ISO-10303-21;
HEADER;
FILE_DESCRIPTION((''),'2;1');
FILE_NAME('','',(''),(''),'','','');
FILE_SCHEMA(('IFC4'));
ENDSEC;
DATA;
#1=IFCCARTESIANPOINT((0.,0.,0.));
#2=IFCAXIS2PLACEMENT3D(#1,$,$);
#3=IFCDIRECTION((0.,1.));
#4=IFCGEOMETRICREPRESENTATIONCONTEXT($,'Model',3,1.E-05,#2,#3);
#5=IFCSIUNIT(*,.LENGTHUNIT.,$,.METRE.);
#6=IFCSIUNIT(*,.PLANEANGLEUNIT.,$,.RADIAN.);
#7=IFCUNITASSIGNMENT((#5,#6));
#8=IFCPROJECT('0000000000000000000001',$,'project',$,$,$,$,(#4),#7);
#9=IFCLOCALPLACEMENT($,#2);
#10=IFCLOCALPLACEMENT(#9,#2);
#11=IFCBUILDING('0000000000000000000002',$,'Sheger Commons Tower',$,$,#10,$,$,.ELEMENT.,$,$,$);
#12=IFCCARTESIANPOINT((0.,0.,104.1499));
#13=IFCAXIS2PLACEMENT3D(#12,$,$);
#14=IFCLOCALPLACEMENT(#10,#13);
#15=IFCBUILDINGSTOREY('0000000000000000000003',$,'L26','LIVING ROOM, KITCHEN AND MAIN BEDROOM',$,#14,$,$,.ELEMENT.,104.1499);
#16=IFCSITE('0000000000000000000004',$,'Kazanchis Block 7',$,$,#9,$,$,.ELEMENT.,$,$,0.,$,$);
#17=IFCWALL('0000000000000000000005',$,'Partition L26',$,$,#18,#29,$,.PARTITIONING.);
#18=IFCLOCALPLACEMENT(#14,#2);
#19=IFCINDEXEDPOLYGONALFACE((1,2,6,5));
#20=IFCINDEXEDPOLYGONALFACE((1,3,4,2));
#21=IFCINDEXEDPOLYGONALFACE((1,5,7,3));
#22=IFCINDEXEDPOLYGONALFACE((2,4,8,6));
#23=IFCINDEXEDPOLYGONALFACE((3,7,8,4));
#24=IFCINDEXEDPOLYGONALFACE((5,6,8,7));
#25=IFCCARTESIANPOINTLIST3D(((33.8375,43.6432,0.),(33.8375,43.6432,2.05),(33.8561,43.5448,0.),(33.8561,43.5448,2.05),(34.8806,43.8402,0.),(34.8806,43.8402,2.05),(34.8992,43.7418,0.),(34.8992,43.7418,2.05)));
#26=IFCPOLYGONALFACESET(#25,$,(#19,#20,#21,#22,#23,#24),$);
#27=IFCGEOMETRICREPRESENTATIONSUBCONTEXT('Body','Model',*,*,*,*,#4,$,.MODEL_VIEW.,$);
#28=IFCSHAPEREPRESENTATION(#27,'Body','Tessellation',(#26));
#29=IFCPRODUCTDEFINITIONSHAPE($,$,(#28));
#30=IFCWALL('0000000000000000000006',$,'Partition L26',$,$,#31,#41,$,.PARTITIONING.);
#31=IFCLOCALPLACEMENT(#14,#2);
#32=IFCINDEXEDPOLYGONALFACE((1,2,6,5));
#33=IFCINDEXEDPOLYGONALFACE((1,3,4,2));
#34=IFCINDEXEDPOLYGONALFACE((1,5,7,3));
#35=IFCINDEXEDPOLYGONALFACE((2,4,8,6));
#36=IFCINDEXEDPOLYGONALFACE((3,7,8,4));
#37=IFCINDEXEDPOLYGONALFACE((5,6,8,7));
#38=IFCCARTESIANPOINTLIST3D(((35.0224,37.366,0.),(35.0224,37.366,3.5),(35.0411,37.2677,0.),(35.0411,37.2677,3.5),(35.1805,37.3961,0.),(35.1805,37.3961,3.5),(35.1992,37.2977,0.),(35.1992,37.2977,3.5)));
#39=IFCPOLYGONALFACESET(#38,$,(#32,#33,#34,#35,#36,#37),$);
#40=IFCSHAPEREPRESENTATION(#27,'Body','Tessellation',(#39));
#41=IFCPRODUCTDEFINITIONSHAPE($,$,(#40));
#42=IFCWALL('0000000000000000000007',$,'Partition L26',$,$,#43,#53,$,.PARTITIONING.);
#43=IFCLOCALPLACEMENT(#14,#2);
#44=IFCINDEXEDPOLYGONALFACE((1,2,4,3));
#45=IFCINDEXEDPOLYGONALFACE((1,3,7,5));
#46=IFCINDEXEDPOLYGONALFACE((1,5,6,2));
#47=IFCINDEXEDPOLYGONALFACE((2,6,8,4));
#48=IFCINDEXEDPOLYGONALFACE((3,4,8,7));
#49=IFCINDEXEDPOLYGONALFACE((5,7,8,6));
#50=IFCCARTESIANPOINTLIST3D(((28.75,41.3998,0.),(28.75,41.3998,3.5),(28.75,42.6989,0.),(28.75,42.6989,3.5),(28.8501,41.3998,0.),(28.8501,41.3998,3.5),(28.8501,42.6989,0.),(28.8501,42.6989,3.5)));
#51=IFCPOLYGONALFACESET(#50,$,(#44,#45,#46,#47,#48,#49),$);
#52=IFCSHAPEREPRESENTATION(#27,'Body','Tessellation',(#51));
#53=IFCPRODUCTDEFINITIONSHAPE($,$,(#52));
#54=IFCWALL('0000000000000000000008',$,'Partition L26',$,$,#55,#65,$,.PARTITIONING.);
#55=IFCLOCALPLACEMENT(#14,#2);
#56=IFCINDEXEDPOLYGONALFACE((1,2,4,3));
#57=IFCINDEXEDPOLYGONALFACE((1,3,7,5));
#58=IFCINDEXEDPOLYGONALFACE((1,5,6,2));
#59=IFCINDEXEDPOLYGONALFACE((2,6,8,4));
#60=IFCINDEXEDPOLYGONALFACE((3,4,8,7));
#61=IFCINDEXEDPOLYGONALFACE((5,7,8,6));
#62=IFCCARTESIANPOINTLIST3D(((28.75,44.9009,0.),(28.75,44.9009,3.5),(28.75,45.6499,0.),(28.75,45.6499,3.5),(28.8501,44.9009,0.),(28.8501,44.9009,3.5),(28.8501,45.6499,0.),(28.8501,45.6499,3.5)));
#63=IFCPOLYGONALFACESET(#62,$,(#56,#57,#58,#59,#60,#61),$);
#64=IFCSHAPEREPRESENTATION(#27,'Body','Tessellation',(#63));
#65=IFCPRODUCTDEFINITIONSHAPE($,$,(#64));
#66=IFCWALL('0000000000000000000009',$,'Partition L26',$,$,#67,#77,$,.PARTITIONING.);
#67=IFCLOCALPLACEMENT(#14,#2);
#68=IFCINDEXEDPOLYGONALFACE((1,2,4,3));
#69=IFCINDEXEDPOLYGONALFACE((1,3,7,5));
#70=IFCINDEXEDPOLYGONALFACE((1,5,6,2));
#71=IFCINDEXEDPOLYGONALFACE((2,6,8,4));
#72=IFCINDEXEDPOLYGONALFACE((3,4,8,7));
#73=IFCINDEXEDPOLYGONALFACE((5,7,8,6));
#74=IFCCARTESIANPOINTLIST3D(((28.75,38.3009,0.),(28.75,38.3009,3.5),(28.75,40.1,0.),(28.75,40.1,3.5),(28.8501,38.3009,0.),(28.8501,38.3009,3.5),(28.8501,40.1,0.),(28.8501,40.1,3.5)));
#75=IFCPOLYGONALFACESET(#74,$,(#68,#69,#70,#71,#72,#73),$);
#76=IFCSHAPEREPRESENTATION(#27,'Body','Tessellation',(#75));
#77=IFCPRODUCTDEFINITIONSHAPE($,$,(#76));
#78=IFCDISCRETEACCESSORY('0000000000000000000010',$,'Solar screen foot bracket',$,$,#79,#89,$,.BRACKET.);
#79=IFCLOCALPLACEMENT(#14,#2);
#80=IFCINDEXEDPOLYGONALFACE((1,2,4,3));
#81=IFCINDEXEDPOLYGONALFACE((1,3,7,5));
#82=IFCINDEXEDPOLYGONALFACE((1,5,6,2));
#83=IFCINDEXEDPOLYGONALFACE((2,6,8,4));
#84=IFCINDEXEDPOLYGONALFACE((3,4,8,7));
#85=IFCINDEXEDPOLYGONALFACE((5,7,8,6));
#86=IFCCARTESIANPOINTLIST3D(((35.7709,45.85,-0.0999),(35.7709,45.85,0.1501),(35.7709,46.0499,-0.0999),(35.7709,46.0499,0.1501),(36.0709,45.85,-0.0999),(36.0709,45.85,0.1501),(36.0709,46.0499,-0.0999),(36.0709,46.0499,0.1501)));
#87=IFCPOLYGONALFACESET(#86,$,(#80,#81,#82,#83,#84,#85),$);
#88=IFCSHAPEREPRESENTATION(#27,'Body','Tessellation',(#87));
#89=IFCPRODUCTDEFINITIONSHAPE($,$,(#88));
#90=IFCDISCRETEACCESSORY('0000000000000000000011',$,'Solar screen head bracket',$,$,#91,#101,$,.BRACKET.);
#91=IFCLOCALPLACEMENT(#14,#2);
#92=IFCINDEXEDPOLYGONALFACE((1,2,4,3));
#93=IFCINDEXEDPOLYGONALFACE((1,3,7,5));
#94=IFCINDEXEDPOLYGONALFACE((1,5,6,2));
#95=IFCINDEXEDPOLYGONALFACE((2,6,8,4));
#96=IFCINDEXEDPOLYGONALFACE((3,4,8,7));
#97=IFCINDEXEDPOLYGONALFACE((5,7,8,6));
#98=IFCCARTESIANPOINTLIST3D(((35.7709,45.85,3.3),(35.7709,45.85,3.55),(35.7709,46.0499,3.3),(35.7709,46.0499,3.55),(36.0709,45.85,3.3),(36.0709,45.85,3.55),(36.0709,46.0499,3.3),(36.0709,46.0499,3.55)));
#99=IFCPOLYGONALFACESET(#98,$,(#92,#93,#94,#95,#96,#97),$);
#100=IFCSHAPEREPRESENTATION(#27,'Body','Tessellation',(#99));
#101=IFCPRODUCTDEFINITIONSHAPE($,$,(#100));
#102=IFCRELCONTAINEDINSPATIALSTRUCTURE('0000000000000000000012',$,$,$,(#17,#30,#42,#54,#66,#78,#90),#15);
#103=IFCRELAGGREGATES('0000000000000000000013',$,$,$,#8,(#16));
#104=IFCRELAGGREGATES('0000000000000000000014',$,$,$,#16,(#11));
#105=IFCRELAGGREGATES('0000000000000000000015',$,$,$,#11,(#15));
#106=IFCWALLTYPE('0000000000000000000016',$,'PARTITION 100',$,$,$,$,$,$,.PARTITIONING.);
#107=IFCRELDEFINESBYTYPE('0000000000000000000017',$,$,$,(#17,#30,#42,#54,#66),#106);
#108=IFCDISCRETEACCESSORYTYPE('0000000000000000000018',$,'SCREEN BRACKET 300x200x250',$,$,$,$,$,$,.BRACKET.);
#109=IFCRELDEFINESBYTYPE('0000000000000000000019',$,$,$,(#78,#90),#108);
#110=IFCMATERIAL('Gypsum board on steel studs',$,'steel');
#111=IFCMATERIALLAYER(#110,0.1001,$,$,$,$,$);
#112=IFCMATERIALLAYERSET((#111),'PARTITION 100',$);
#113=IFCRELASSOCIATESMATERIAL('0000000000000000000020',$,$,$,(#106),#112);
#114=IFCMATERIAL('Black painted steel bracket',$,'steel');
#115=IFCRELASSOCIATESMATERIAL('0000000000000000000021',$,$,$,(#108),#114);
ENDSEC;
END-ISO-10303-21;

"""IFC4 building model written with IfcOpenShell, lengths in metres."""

from ifc_helpers import new_model, si_unit, direction, frame, frame_2d, origin, origin_2d, place, context, subcontext, project, spatial, rectangle, extrude, material, layer, layer_set, type_object, element, save


model = new_model("IFC4")

# Units and contexts
model_context = context("Model", 3, precision=1e-05, world=origin(), true_north=direction((0.0, 1.0)))
body_context = subcontext(model_context, "Body", "Model", "MODEL_VIEW")
ifc_project = project(units=[si_unit("LENGTHUNIT", "METRE"), si_unit("PLANEANGLEUNIT", "RADIAN")], contexts=[model_context])

# Site, building, storey
site_placement = place(None, origin())
site = spatial("IfcSite", under=ifc_project, at=site_placement, Name="Kazanchis Block 7", CompositionType="ELEMENT", RefElevation=0.0)
building_placement = place(site_placement, origin())
building = spatial("IfcBuilding", under=site, at=building_placement, Name="Sheger Commons Tower", CompositionType="ELEMENT")
storey_placement = place(building_placement, frame((0.0, 0.0, 104.1499)))
storey = spatial("IfcBuildingStorey", under=building, at=storey_placement, Name="L26", Description="LIVING ROOM, KITCHEN AND MAIN BEDROOM", CompositionType="ELEMENT", Elevation=104.1499)

# Walls
ifc_material_1 = material(Name="Gypsum board on steel studs", Category="steel")
ifc_layer_1 = layer(ifc_material_1, 0.1001)
ifc_layer_set_1 = layer_set([ifc_layer_1], Name="PARTITION 100")
wall_type_1 = type_object("IfcWallType", Name="PARTITION 100", PredefinedType="PARTITIONING", material=ifc_layer_set_1)
wall_1_placement = place(storey_placement, frame((34.8899, 43.791, 0.0), z_axis=(0.0, 0.0, 1.0), x_axis=(-0.982621, -0.185622, 0.0)))
element("IfcWall", 1, at=wall_1_placement, inside=storey, type_object=wall_type_1, Name="Partition L26", PredefinedType="PARTITIONING", context=body_context, shape_type="SweptSolid", body=[
    extrude(rectangle(XDim=1.0615, YDim=0.1001, at=frame_2d((0.5308, 0.0))), origin(), (0.0, 0.0, 1.0), 2.05),
])
wall_2_placement = place(storey_placement, frame((35.1899, 37.3469, 0.0), z_axis=(0.0, 0.0, 1.0), x_axis=(-0.982405, -0.186763, 0.0)))
element("IfcWall", 2, at=wall_2_placement, inside=storey, type_object=wall_type_1, Name="Partition L26", PredefinedType="PARTITIONING", context=body_context, shape_type="SweptSolid", body=[
    extrude(rectangle(XDim=0.1609, YDim=0.1001, at=frame_2d((0.0806, 0.0))), origin(), (0.0, 0.0, 1.0), 3.5),
])
wall_3_placement = place(storey_placement, frame((28.8, 41.3999, 0.0), z_axis=(0.0, 0.0, 1.0), x_axis=(0.0, 1.0, 0.0)))
element("IfcWall", 3, at=wall_3_placement, inside=storey, type_object=wall_type_1, Name="Partition L26", PredefinedType="PARTITIONING", context=body_context, shape_type="SweptSolid", body=[
    extrude(rectangle(XDim=1.2991, YDim=0.1001, at=frame_2d((0.6494, 0.0))), origin(), (0.0, 0.0, 1.0), 3.5),
])
wall_4_placement = place(storey_placement, frame((28.8, 44.9009, 0.0), z_axis=(0.0, 0.0, 1.0), x_axis=(0.0, 1.0, 0.0)))
element("IfcWall", 4, at=wall_4_placement, inside=storey, type_object=wall_type_1, Name="Partition L26", PredefinedType="PARTITIONING", context=body_context, shape_type="SweptSolid", body=[
    extrude(rectangle(XDim=0.749, YDim=0.1001, at=frame_2d((0.3745, 0.0))), origin(), (0.0, 0.0, 1.0), 3.5),
])
wall_5_placement = place(storey_placement, frame((28.8, 38.301, 0.0), z_axis=(0.0, 0.0, 1.0), x_axis=(0.0, 1.0, 0.0)))
element("IfcWall", 5, at=wall_5_placement, inside=storey, type_object=wall_type_1, Name="Partition L26", PredefinedType="PARTITIONING", context=body_context, shape_type="SweptSolid", body=[
    extrude(rectangle(XDim=1.7991, YDim=0.1001, at=frame_2d((0.8994, 0.0))), origin(), (0.0, 0.0, 1.0), 3.5),
])

# Discrete accessories
ifc_material_2 = material(Name="Black painted steel bracket", Category="steel")
discrete_accessory_type = type_object("IfcDiscreteAccessoryType", Name="SCREEN BRACKET 300x200x250", PredefinedType="BRACKET", material=ifc_material_2)
for number, where, z_axis, x_axis, name in (
    (6, (35.9209, 45.95, -0.0999), (0.0, 0.0, 1.0), (-1.0, 0.0, 0.0), "Solar screen foot bracket"),
    (7, (35.9209, 45.95, 3.3), (0.0, 0.0, 1.0), (-1.0, 0.0, 0.0), "Solar screen head bracket"),
):
    element("IfcDiscreteAccessory", number, at=place(storey_placement, frame(where, z_axis=z_axis, x_axis=x_axis)), inside=storey, type_object=discrete_accessory_type, Name=name, PredefinedType="BRACKET", context=body_context, shape_type="SweptSolid", body=[
        extrude(rectangle(XDim=0.3, YDim=0.2, at=origin_2d()), origin(), (0.0, 0.0, 1.0), 0.25),
    ])

save(model, "model.ifc")
